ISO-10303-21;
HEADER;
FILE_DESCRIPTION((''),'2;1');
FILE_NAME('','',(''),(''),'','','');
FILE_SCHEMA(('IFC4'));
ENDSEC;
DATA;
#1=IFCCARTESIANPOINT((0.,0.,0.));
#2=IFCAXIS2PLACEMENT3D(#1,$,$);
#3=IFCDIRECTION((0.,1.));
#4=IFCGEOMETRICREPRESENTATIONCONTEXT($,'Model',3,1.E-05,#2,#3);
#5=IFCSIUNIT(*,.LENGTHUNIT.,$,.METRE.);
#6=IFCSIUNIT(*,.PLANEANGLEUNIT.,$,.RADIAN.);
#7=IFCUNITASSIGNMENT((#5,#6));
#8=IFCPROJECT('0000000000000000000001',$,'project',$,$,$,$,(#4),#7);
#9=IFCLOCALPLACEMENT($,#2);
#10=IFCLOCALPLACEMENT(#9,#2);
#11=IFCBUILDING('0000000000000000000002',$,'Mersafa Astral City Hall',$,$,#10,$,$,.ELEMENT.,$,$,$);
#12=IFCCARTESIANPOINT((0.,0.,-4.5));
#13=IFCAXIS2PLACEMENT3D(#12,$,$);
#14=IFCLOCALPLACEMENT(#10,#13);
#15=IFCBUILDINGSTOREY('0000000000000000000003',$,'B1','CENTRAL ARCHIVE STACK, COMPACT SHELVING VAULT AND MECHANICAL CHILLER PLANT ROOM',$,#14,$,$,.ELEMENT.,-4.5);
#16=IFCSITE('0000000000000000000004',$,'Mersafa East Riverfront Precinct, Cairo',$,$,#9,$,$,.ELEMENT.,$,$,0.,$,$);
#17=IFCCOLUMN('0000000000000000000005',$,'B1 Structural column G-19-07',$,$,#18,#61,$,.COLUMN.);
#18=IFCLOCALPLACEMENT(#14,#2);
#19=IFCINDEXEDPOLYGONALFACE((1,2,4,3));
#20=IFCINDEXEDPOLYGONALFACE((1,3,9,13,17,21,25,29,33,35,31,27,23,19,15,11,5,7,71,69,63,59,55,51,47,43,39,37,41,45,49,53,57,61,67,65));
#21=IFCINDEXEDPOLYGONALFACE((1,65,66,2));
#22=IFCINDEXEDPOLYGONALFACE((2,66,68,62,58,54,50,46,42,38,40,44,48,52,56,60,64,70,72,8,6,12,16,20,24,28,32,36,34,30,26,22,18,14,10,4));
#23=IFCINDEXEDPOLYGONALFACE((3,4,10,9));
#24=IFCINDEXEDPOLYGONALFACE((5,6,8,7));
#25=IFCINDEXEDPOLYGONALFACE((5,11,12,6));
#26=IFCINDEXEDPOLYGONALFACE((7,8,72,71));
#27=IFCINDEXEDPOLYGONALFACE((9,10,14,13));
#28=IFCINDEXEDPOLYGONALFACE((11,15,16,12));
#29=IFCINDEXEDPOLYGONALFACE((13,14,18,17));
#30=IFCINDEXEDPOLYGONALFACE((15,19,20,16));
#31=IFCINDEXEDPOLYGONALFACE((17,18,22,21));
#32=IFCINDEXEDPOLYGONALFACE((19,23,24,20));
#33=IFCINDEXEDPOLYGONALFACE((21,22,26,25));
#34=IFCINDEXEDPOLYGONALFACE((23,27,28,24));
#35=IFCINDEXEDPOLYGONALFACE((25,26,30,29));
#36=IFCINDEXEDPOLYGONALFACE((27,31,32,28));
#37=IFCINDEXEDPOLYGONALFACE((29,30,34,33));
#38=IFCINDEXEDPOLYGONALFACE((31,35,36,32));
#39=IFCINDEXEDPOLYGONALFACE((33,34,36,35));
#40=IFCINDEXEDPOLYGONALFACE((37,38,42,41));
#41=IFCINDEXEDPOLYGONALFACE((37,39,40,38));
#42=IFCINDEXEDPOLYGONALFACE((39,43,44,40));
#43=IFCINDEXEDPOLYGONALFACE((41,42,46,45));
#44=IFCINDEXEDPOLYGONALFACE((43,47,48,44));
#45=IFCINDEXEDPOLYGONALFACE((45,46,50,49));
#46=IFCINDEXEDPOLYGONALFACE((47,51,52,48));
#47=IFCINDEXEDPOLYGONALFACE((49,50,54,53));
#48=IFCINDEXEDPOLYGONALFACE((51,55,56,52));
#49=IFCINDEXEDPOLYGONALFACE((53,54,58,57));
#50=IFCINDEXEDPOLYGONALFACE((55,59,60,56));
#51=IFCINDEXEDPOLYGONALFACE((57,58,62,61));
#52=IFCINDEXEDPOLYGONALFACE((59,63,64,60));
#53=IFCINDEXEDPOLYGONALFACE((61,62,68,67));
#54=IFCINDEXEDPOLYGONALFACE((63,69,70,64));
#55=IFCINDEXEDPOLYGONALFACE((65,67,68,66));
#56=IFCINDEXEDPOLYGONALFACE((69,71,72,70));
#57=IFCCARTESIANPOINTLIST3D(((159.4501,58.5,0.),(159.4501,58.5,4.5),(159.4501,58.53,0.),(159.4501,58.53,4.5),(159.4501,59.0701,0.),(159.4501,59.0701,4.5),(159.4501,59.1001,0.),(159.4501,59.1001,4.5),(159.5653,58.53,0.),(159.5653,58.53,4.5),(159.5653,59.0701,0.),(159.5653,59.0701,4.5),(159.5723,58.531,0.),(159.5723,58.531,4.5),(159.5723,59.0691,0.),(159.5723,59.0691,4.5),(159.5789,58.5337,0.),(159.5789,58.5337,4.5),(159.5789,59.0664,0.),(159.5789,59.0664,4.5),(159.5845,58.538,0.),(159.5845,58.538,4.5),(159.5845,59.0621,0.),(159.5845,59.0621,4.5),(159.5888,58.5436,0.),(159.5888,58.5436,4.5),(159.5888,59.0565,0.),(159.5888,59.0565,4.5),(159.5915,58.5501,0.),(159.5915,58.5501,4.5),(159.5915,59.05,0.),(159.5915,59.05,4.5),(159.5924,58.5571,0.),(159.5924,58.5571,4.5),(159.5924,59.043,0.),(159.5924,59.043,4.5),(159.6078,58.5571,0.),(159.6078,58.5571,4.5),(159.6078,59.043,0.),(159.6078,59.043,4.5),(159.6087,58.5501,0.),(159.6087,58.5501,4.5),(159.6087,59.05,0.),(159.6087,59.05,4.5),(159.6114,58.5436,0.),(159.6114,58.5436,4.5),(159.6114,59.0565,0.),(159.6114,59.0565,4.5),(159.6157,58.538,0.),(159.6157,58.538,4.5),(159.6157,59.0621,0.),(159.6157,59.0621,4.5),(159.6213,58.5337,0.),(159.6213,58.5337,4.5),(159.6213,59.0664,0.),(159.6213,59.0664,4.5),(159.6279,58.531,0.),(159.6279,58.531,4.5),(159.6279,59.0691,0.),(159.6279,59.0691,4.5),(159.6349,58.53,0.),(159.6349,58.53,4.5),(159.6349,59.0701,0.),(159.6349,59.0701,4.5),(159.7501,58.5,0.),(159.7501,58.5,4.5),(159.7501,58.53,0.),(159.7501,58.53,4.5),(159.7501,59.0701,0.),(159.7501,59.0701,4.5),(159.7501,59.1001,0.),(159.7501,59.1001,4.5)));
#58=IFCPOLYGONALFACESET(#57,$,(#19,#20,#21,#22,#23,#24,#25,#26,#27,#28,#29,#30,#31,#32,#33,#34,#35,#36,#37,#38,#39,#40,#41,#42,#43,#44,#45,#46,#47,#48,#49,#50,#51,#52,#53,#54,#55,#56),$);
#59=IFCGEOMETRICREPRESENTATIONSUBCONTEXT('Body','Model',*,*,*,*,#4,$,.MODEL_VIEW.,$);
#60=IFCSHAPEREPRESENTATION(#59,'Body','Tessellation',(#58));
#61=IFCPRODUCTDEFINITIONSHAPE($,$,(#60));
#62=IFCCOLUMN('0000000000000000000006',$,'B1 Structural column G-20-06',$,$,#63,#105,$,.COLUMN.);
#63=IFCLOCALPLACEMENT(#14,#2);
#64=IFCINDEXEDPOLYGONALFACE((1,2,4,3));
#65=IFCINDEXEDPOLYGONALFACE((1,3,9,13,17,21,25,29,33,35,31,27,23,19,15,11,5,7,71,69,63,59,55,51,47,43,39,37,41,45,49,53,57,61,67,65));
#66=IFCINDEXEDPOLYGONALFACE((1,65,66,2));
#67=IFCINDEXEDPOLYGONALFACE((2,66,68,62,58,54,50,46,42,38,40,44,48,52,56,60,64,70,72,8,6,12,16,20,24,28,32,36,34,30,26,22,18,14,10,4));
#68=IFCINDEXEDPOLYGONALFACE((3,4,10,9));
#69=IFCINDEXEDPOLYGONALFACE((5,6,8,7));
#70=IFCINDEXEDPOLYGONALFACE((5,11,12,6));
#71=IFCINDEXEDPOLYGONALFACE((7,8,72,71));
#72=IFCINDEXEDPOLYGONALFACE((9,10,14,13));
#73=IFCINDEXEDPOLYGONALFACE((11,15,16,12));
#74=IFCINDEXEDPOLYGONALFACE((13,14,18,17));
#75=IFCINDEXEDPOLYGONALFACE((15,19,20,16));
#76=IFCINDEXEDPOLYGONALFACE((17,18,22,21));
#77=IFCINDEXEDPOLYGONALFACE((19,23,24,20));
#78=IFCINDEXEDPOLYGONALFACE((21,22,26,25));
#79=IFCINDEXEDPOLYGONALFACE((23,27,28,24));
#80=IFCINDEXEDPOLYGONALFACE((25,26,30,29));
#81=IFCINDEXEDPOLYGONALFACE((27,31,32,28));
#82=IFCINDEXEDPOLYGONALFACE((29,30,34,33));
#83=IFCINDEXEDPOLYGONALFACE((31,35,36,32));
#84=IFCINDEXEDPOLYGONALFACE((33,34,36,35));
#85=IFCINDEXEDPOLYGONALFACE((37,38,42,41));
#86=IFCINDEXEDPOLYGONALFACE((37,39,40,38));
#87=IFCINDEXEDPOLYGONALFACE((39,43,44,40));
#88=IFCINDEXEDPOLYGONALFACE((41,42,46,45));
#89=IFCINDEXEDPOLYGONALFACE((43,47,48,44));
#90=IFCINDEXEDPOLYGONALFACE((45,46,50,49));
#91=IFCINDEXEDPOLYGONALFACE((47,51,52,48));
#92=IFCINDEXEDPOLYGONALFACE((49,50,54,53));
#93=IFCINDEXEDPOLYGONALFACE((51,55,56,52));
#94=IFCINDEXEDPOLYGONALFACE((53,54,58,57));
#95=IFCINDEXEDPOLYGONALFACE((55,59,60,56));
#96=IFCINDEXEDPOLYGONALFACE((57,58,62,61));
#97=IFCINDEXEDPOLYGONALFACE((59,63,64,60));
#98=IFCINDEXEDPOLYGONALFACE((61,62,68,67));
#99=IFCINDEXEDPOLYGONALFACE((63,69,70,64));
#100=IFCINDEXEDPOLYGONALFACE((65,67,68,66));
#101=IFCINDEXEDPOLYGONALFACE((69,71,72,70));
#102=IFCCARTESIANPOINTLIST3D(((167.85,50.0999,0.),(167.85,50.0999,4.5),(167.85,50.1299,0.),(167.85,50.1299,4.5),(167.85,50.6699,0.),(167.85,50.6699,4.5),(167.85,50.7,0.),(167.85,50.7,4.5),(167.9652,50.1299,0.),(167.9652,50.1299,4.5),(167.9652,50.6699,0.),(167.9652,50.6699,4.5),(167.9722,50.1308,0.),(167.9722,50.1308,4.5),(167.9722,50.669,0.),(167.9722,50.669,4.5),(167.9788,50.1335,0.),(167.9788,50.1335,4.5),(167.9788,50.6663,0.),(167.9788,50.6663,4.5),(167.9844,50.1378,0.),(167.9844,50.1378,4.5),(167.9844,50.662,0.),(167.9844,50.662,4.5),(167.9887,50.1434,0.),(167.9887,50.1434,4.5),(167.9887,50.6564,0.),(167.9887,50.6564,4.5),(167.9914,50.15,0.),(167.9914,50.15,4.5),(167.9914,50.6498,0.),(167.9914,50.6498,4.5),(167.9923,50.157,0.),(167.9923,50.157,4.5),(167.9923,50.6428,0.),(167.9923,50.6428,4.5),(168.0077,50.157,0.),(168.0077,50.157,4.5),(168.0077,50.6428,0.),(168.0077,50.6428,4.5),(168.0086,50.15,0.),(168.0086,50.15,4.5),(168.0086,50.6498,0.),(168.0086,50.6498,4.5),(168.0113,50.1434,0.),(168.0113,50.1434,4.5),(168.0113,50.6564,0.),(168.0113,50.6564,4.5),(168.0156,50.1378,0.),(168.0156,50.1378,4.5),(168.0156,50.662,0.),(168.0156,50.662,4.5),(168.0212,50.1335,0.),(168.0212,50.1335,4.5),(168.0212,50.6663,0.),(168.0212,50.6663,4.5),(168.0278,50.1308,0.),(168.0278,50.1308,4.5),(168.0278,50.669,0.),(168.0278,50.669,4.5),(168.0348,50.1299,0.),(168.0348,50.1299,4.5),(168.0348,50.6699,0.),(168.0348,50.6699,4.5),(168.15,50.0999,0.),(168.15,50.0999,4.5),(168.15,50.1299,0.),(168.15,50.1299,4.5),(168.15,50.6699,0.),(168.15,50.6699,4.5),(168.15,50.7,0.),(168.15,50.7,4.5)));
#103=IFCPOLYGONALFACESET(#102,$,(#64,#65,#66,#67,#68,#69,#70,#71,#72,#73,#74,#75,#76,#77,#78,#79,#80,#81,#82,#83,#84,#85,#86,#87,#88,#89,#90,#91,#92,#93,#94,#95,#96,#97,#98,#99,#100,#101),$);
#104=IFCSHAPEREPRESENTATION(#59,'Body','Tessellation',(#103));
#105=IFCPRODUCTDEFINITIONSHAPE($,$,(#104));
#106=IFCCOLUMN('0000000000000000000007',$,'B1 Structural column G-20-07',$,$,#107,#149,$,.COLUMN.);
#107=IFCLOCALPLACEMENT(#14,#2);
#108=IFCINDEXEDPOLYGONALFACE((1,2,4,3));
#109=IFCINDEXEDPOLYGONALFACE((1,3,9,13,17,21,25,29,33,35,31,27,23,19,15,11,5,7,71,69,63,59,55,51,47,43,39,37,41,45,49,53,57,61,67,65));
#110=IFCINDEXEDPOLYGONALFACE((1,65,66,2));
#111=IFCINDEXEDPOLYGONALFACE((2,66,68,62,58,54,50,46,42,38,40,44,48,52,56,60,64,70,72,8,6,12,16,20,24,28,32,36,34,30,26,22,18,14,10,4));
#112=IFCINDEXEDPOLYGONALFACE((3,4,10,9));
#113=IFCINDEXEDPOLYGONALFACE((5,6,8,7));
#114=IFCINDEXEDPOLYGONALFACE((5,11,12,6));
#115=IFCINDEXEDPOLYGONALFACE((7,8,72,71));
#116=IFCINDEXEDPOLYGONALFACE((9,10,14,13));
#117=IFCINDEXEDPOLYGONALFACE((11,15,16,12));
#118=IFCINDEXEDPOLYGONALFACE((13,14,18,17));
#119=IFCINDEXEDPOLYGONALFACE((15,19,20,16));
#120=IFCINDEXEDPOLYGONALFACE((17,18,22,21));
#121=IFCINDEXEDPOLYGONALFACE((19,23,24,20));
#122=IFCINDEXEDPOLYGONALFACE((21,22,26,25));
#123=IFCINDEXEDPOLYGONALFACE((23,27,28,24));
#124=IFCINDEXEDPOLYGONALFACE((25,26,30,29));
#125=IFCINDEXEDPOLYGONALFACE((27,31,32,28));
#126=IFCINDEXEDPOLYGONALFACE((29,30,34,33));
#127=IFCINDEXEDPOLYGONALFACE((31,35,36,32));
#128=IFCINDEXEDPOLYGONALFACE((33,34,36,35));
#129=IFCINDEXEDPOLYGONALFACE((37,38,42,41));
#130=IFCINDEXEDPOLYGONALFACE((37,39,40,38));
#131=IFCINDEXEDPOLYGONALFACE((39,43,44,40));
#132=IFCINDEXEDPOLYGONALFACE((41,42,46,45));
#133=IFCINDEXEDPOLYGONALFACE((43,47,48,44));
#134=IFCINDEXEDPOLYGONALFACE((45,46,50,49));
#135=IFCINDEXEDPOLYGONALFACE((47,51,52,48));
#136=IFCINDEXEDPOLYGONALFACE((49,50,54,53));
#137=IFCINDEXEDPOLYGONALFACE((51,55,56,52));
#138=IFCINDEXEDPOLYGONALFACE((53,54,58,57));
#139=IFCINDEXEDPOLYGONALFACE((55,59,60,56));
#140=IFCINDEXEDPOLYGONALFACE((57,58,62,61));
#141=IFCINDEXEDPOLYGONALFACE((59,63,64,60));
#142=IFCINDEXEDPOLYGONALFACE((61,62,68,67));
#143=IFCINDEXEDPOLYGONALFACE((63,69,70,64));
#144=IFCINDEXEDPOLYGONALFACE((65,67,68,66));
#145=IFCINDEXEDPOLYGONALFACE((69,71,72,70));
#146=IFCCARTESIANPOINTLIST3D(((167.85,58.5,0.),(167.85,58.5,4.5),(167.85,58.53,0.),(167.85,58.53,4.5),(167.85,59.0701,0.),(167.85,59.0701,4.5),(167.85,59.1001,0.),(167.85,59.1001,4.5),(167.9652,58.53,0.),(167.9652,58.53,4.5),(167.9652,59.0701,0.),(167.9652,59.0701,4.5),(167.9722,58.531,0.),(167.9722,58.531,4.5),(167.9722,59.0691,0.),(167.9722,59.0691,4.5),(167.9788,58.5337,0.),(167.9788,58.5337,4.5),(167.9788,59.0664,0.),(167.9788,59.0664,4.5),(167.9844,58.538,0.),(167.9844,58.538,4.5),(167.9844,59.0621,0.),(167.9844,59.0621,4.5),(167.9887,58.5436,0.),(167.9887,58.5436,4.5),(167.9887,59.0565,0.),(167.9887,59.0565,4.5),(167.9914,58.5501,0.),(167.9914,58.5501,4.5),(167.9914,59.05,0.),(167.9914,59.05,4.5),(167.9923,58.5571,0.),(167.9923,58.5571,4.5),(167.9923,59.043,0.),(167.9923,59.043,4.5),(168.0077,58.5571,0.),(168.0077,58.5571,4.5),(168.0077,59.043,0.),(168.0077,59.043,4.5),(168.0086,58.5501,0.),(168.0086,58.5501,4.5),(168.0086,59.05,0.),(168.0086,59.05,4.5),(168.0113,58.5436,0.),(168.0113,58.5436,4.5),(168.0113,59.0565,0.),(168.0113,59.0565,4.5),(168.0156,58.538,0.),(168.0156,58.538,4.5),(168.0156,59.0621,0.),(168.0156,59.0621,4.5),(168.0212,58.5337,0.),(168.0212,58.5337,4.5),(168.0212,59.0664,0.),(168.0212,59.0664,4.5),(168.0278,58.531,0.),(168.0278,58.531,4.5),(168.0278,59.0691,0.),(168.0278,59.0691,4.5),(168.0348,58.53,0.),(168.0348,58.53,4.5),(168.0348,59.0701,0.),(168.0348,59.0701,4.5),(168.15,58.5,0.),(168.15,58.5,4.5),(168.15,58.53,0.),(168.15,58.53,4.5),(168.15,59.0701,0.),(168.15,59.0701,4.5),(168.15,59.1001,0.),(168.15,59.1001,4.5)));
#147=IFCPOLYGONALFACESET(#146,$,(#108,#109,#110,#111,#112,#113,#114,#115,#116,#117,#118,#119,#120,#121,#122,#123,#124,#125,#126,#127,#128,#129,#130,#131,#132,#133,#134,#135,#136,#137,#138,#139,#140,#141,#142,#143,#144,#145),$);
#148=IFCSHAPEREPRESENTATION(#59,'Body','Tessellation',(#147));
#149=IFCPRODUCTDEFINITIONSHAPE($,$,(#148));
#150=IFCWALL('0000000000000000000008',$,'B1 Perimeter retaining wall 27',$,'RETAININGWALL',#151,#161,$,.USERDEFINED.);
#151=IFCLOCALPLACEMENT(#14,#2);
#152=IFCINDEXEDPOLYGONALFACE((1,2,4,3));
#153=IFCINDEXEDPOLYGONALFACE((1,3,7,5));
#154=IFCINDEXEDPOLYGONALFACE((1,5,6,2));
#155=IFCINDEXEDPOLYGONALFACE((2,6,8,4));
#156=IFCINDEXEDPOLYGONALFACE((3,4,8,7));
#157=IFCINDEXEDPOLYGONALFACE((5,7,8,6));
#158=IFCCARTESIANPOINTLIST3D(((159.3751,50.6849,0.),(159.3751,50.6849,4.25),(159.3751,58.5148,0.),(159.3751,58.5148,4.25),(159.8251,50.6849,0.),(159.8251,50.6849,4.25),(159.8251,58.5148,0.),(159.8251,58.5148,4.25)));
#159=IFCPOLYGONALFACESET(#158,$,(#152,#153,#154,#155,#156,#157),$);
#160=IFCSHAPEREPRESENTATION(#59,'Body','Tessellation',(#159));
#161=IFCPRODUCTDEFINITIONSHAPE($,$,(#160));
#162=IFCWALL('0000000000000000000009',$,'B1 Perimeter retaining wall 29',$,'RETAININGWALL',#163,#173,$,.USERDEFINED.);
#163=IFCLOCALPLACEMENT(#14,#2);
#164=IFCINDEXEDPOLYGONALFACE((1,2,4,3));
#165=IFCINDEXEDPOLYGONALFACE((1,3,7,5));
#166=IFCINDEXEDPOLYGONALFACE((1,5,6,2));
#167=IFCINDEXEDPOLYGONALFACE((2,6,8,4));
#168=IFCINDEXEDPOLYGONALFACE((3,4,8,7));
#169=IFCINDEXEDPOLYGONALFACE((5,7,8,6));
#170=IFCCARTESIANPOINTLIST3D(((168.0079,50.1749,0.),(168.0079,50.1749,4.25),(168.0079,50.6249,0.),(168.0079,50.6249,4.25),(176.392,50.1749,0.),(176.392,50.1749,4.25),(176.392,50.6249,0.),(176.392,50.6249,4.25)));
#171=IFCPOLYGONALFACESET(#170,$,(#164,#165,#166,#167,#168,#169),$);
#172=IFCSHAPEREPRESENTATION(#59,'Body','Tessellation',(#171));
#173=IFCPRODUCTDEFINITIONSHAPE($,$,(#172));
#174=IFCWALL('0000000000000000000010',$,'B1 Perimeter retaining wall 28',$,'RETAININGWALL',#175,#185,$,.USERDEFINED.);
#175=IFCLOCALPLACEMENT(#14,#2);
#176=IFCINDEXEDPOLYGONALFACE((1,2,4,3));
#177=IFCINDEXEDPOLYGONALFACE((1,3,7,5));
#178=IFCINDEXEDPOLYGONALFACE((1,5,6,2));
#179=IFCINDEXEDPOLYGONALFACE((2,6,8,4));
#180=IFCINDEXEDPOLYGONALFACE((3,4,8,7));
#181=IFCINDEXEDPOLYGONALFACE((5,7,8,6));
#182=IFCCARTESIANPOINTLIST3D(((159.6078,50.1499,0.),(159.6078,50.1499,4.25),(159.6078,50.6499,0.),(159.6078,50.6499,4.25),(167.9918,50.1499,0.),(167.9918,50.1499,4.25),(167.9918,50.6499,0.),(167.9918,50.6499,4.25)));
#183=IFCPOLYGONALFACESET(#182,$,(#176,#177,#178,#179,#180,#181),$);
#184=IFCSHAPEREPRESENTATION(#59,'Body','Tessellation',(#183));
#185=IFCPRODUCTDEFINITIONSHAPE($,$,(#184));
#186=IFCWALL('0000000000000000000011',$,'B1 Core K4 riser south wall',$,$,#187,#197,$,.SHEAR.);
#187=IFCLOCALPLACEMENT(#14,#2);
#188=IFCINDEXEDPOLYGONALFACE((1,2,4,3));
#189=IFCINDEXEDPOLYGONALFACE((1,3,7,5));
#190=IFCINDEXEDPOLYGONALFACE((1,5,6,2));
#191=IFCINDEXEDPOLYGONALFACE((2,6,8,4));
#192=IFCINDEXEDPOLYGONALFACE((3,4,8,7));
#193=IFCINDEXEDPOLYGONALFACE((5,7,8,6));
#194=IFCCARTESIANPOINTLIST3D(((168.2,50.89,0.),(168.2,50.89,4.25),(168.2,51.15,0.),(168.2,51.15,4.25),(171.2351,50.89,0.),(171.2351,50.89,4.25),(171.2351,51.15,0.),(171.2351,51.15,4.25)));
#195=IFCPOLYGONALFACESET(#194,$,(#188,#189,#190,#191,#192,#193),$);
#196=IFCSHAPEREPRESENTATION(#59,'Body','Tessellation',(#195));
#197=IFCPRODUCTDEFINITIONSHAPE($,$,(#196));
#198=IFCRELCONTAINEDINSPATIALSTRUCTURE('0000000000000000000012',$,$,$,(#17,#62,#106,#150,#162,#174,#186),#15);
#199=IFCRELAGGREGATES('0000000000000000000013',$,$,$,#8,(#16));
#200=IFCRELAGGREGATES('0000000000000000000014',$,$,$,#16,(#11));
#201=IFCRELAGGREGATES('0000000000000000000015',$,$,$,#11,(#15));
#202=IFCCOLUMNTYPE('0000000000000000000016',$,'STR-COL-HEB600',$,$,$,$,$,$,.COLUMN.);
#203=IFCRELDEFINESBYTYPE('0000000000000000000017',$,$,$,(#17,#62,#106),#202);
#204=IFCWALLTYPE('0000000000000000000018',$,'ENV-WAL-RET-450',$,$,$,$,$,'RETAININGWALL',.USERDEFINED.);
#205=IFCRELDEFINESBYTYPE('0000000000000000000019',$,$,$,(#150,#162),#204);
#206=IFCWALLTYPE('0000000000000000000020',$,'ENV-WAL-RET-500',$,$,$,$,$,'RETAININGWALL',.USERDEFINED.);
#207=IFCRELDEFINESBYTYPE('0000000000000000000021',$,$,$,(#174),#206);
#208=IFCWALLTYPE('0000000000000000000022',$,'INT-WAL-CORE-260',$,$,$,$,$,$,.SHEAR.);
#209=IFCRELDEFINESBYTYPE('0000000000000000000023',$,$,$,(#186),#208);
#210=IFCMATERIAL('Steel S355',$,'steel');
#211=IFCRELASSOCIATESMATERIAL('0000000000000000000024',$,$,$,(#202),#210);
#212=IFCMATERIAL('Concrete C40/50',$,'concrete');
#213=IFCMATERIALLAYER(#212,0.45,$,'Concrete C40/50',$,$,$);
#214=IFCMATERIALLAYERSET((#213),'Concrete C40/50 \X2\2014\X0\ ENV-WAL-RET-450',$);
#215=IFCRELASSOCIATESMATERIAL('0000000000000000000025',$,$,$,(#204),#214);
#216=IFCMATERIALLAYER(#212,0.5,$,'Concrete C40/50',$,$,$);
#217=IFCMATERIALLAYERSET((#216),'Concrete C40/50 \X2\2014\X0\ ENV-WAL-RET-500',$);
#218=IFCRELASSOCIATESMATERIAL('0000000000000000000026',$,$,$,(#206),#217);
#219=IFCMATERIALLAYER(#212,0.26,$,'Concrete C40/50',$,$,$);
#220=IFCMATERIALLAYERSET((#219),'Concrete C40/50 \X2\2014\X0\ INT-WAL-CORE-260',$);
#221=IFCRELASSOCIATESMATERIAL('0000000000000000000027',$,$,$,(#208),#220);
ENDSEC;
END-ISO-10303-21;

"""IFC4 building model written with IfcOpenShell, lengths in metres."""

from ifc_helpers import new_model, si_unit, direction, frame, frame_2d, origin, origin_2d, place, context, subcontext, project, spatial, rectangle, i_section, extrude, material, layer, layer_set, material_profile, profile_set, type_object, element, save


model = new_model("IFC4")

# Units and contexts
model_context = context("Model", 3, precision=1e-05, world=origin(), true_north=direction((0.0, 1.0)))
body_context = subcontext(model_context, "Body", "Model", "MODEL_VIEW")
ifc_project = project(units=[si_unit("LENGTHUNIT", "METRE"), si_unit("PLANEANGLEUNIT", "RADIAN")], contexts=[model_context])

# Site, building, storey
site_placement = place(None, origin())
site = spatial("IfcSite", under=ifc_project, at=site_placement, Name="Mersafa East Riverfront Precinct, Cairo", CompositionType="ELEMENT", RefElevation=0.0)
building_placement = place(site_placement, origin())
building = spatial("IfcBuilding", under=site, at=building_placement, Name="Mersafa Astral City Hall", CompositionType="ELEMENT")
storey_placement = place(building_placement, frame((0.0, 0.0, -4.5)))
storey = spatial("IfcBuildingStorey", under=building, at=storey_placement, Name="B1", Description="CENTRAL ARCHIVE STACK, COMPACT SHELVING VAULT AND MECHANICAL CHILLER PLANT ROOM", CompositionType="ELEMENT", Elevation=-4.5)

# Shared definitions
ifc_material_1 = material(Name="Concrete C40/50", Category="concrete")

# Columns
ifc_material_2 = material(Name="Steel S355", Category="steel")
ifc_material_profile_1 = material_profile(ifc_material_2, i_section(OverallWidth=0.3, OverallDepth=0.6001, WebThickness=0.0154, FlangeThickness=0.03, FilletRadius=0.0271, at=origin_2d()), Name="HEB 600")
ifc_profile_set_1 = profile_set([ifc_material_profile_1], Name="Steel S355")
column_type = type_object("IfcColumnType", Name="STR-COL-HEB600", PredefinedType="COLUMN", material=ifc_profile_set_1)
for number, where, z_axis, x_axis, name in (
    (1, (159.6001, 58.8, 0.0), (0.0, 0.0, 1.0), (1.0, 0.0, 0.0), "B1 Structural column G-19-07"),
    (2, (168.0, 50.3999, 0.0), (0.0, 0.0, 1.0), (1.0, 0.0, 0.0), "B1 Structural column G-20-06"),
    (3, (168.0, 58.8, 0.0), (0.0, 0.0, 1.0), (1.0, 0.0, 0.0), "B1 Structural column G-20-07"),
):
    element("IfcColumn", number, at=place(storey_placement, frame(where, z_axis=z_axis, x_axis=x_axis)), inside=storey, type_object=column_type, Name=name, PredefinedType="COLUMN", context=body_context, shape_type="SweptSolid", body=[
        extrude(i_section(OverallWidth=0.3, OverallDepth=0.6001, WebThickness=0.0154, FlangeThickness=0.03, FilletRadius=0.0271, at=origin_2d()), origin(), (0.0, 0.0, 1.0), 4.5),
    ])

# Walls
ifc_layer_1 = layer(ifc_material_1, 0.45, Name="Concrete C40/50")
ifc_layer_set_1 = layer_set([ifc_layer_1], Name="Concrete C40/50 — ENV-WAL-RET-450")
wall_type_1 = type_object("IfcWallType", Name="ENV-WAL-RET-450", ElementType="RETAININGWALL", PredefinedType="USERDEFINED", material=ifc_layer_set_1)
wall_1_placement = place(storey_placement, frame((159.6001, 58.5149, 0.0), z_axis=(0.0, 0.0, 1.0), x_axis=(0.0, -1.0, 0.0)))
element("IfcWall", 4, at=wall_1_placement, inside=storey, type_object=wall_type_1, Name="B1 Perimeter retaining wall 27", ObjectType="RETAININGWALL", PredefinedType="USERDEFINED", context=body_context, shape_type="SweptSolid", body=[
    extrude(rectangle(XDim=7.8298, YDim=0.45, at=frame_2d((3.915, 0.0))), origin(), (0.0, 0.0, 1.0), 4.25),
])
wall_2_placement = place(storey_placement, frame((168.0081, 50.3999, 0.0), z_axis=(0.0, 0.0, 1.0), x_axis=(1.0, 0.0, 0.0)))
element("IfcWall", 5, at=wall_2_placement, inside=storey, type_object=wall_type_1, Name="B1 Perimeter retaining wall 29", ObjectType="RETAININGWALL", PredefinedType="USERDEFINED", context=body_context, shape_type="SweptSolid", body=[
    extrude(rectangle(XDim=8.384, YDim=0.45, at=frame_2d((4.1919, 0.0))), origin(), (0.0, 0.0, 1.0), 4.25),
])
ifc_layer_2 = layer(ifc_material_1, 0.5, Name="Concrete C40/50")
ifc_layer_set_2 = layer_set([ifc_layer_2], Name="Concrete C40/50 — ENV-WAL-RET-500")
wall_type_2 = type_object("IfcWallType", Name="ENV-WAL-RET-500", ElementType="RETAININGWALL", PredefinedType="USERDEFINED", material=ifc_layer_set_2)
wall_3_placement = place(storey_placement, frame((159.6079, 50.3999, 0.0), z_axis=(0.0, 0.0, 1.0), x_axis=(1.0, 0.0, 0.0)))
element("IfcWall", 6, at=wall_3_placement, inside=storey, type_object=wall_type_2, Name="B1 Perimeter retaining wall 28", ObjectType="RETAININGWALL", PredefinedType="USERDEFINED", context=body_context, shape_type="SweptSolid", body=[
    extrude(rectangle(XDim=8.384, YDim=0.5, at=frame_2d((4.1919, 0.0))), origin(), (0.0, 0.0, 1.0), 4.25),
])
ifc_layer_3 = layer(ifc_material_1, 0.26, Name="Concrete C40/50")
ifc_layer_set_3 = layer_set([ifc_layer_3], Name="Concrete C40/50 — INT-WAL-CORE-260")
wall_type_3 = type_object("IfcWallType", Name="INT-WAL-CORE-260", PredefinedType="SHEAR", material=ifc_layer_set_3)
for number, where, z_axis, x_axis, name in (
    (7, (168.2, 51.02, 0.0), (0.0, 0.0, 1.0), (1.0, 0.0, 0.0), "B1 Core K4 riser south wall"),
):
    element("IfcWall", number, at=place(storey_placement, frame(where, z_axis=z_axis, x_axis=x_axis)), inside=storey, type_object=wall_type_3, Name=name, PredefinedType="SHEAR", context=body_context, shape_type="SweptSolid", body=[
        extrude(rectangle(XDim=3.0352, YDim=0.26, at=frame_2d((1.5176, 0.0))), origin(), (0.0, 0.0, 1.0), 4.25),
    ])

save(model, "model.ifc")
